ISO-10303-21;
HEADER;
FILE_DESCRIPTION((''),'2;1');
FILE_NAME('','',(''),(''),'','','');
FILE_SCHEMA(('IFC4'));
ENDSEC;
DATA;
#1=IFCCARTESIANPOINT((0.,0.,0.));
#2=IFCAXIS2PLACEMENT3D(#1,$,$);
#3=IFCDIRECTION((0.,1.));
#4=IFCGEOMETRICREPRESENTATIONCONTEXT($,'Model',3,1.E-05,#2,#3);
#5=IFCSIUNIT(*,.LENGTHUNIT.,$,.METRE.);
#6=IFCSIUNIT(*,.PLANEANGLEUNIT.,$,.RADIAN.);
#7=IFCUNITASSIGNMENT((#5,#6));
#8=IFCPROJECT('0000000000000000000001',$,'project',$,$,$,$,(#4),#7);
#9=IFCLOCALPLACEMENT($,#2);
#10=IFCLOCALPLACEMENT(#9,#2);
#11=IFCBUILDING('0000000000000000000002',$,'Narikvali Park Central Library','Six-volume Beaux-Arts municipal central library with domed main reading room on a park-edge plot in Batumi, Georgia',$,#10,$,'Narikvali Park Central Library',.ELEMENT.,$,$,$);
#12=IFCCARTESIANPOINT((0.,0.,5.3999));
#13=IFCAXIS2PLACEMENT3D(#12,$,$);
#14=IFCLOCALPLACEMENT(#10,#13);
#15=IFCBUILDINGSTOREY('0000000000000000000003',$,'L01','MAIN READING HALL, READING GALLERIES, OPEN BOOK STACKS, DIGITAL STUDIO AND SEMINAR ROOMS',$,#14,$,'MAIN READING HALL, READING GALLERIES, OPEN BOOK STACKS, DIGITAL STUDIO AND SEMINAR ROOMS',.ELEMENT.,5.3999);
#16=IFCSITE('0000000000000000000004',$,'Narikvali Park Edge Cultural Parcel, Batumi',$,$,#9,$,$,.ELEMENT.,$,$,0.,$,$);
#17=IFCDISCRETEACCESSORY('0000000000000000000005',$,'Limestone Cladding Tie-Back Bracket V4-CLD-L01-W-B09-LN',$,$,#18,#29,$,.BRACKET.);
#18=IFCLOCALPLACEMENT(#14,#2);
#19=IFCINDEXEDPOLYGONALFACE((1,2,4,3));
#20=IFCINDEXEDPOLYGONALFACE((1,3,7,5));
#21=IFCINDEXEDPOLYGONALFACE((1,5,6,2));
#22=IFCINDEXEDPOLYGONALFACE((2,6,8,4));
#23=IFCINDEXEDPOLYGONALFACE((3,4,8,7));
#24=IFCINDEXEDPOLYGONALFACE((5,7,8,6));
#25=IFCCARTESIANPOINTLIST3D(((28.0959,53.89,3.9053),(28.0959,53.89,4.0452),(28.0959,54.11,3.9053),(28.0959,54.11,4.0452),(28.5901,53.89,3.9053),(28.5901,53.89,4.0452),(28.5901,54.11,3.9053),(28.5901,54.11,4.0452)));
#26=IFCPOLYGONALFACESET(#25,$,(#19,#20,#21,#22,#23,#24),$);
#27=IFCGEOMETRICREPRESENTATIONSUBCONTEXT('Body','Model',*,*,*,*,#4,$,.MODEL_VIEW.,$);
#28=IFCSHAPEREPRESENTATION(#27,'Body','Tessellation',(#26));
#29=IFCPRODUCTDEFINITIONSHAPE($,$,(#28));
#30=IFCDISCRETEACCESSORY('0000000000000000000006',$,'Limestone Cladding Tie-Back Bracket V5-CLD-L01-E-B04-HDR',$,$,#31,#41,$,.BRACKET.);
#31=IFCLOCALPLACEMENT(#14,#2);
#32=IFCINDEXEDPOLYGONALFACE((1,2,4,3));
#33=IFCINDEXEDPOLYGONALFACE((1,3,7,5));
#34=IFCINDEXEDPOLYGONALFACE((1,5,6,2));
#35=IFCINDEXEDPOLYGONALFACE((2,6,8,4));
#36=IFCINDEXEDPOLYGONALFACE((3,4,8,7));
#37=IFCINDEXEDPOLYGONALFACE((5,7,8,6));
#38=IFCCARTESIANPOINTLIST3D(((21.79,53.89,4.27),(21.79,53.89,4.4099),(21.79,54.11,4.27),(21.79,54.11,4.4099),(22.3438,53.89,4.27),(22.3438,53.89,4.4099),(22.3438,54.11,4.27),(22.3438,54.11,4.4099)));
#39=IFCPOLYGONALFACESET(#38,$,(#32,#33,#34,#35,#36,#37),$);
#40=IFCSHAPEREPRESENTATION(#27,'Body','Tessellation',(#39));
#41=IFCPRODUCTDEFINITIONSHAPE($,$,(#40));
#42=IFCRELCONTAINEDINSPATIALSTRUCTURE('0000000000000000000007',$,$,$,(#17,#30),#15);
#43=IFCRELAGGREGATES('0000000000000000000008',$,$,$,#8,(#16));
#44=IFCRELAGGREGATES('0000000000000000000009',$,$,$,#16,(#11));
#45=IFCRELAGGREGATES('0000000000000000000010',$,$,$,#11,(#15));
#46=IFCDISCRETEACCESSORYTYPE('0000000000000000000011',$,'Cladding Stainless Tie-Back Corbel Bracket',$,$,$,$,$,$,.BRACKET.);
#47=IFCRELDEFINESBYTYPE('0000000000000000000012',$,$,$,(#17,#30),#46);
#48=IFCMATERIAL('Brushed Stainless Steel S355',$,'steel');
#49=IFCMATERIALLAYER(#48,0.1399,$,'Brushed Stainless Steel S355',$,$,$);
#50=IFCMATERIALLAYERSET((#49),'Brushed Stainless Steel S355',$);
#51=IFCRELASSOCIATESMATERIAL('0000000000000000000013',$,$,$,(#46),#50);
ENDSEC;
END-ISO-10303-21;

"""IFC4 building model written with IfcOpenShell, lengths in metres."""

from ifc_helpers import new_model, si_unit, direction, frame, origin, origin_2d, place, context, subcontext, project, spatial, rectangle, extrude, material, layer, layer_set, type_object, element, save


model = new_model("IFC4")

# Units and contexts
model_context = context("Model", 3, precision=1e-05, world=origin(), true_north=direction((0.0, 1.0)))
body_context = subcontext(model_context, "Body", "Model", "MODEL_VIEW")
ifc_project = project(units=[si_unit("LENGTHUNIT", "METRE"), si_unit("PLANEANGLEUNIT", "RADIAN")], contexts=[model_context])

# Site, building, storey
site_placement = place(None, origin())
site = spatial("IfcSite", under=ifc_project, at=site_placement, Name="Narikvali Park Edge Cultural Parcel, Batumi", CompositionType="ELEMENT", RefElevation=0.0)
building_placement = place(site_placement, origin())
building = spatial("IfcBuilding", under=site, at=building_placement, Name="Narikvali Park Central Library", Description="Six-volume Beaux-Arts municipal central library with domed main reading room on a park-edge plot in Batumi, Georgia", LongName="Narikvali Park Central Library", CompositionType="ELEMENT")
storey_placement = place(building_placement, frame((0.0, 0.0, 5.3999)))
storey = spatial("IfcBuildingStorey", under=building, at=storey_placement, Name="L01", Description="MAIN READING HALL, READING GALLERIES, OPEN BOOK STACKS, DIGITAL STUDIO AND SEMINAR ROOMS", LongName="MAIN READING HALL, READING GALLERIES, OPEN BOOK STACKS, DIGITAL STUDIO AND SEMINAR ROOMS", CompositionType="ELEMENT", Elevation=5.3999)

# Discrete accessories
ifc_material_1 = material(Name="Brushed Stainless Steel S355", Category="steel")
ifc_layer_1 = layer(ifc_material_1, 0.1399, Name="Brushed Stainless Steel S355")
ifc_layer_set_1 = layer_set([ifc_layer_1], Name="Brushed Stainless Steel S355")
discrete_accessory_type = type_object("IfcDiscreteAccessoryType", Name="Cladding Stainless Tie-Back Corbel Bracket", PredefinedType="BRACKET", material=ifc_layer_set_1)
discrete_accessory_1_placement = place(storey_placement, frame((28.343, 54.0, 3.9053), z_axis=(0.0, 0.0, 1.0), x_axis=(1.0, 0.0, 0.0)))
element("IfcDiscreteAccessory", 1, at=discrete_accessory_1_placement, inside=storey, type_object=discrete_accessory_type, Name="Limestone Cladding Tie-Back Bracket V4-CLD-L01-W-B09-LN", PredefinedType="BRACKET", context=body_context, shape_type="SweptSolid", body=[
    extrude(rectangle(XDim=0.4941, YDim=0.22, at=origin_2d()), origin(), (0.0, 0.0, 1.0), 0.1399),
])
discrete_accessory_2_placement = place(storey_placement, frame((22.0669, 54.0, 4.27), z_axis=(0.0, 0.0, 1.0), x_axis=(1.0, 0.0, 0.0)))
element("IfcDiscreteAccessory", 2, at=discrete_accessory_2_placement, inside=storey, type_object=discrete_accessory_type, Name="Limestone Cladding Tie-Back Bracket V5-CLD-L01-E-B04-HDR", PredefinedType="BRACKET", context=body_context, shape_type="SweptSolid", body=[
    extrude(rectangle(XDim=0.5537, YDim=0.22, at=origin_2d()), origin(), (0.0, 0.0, 1.0), 0.1399),
])

save(model, "model.ifc")
